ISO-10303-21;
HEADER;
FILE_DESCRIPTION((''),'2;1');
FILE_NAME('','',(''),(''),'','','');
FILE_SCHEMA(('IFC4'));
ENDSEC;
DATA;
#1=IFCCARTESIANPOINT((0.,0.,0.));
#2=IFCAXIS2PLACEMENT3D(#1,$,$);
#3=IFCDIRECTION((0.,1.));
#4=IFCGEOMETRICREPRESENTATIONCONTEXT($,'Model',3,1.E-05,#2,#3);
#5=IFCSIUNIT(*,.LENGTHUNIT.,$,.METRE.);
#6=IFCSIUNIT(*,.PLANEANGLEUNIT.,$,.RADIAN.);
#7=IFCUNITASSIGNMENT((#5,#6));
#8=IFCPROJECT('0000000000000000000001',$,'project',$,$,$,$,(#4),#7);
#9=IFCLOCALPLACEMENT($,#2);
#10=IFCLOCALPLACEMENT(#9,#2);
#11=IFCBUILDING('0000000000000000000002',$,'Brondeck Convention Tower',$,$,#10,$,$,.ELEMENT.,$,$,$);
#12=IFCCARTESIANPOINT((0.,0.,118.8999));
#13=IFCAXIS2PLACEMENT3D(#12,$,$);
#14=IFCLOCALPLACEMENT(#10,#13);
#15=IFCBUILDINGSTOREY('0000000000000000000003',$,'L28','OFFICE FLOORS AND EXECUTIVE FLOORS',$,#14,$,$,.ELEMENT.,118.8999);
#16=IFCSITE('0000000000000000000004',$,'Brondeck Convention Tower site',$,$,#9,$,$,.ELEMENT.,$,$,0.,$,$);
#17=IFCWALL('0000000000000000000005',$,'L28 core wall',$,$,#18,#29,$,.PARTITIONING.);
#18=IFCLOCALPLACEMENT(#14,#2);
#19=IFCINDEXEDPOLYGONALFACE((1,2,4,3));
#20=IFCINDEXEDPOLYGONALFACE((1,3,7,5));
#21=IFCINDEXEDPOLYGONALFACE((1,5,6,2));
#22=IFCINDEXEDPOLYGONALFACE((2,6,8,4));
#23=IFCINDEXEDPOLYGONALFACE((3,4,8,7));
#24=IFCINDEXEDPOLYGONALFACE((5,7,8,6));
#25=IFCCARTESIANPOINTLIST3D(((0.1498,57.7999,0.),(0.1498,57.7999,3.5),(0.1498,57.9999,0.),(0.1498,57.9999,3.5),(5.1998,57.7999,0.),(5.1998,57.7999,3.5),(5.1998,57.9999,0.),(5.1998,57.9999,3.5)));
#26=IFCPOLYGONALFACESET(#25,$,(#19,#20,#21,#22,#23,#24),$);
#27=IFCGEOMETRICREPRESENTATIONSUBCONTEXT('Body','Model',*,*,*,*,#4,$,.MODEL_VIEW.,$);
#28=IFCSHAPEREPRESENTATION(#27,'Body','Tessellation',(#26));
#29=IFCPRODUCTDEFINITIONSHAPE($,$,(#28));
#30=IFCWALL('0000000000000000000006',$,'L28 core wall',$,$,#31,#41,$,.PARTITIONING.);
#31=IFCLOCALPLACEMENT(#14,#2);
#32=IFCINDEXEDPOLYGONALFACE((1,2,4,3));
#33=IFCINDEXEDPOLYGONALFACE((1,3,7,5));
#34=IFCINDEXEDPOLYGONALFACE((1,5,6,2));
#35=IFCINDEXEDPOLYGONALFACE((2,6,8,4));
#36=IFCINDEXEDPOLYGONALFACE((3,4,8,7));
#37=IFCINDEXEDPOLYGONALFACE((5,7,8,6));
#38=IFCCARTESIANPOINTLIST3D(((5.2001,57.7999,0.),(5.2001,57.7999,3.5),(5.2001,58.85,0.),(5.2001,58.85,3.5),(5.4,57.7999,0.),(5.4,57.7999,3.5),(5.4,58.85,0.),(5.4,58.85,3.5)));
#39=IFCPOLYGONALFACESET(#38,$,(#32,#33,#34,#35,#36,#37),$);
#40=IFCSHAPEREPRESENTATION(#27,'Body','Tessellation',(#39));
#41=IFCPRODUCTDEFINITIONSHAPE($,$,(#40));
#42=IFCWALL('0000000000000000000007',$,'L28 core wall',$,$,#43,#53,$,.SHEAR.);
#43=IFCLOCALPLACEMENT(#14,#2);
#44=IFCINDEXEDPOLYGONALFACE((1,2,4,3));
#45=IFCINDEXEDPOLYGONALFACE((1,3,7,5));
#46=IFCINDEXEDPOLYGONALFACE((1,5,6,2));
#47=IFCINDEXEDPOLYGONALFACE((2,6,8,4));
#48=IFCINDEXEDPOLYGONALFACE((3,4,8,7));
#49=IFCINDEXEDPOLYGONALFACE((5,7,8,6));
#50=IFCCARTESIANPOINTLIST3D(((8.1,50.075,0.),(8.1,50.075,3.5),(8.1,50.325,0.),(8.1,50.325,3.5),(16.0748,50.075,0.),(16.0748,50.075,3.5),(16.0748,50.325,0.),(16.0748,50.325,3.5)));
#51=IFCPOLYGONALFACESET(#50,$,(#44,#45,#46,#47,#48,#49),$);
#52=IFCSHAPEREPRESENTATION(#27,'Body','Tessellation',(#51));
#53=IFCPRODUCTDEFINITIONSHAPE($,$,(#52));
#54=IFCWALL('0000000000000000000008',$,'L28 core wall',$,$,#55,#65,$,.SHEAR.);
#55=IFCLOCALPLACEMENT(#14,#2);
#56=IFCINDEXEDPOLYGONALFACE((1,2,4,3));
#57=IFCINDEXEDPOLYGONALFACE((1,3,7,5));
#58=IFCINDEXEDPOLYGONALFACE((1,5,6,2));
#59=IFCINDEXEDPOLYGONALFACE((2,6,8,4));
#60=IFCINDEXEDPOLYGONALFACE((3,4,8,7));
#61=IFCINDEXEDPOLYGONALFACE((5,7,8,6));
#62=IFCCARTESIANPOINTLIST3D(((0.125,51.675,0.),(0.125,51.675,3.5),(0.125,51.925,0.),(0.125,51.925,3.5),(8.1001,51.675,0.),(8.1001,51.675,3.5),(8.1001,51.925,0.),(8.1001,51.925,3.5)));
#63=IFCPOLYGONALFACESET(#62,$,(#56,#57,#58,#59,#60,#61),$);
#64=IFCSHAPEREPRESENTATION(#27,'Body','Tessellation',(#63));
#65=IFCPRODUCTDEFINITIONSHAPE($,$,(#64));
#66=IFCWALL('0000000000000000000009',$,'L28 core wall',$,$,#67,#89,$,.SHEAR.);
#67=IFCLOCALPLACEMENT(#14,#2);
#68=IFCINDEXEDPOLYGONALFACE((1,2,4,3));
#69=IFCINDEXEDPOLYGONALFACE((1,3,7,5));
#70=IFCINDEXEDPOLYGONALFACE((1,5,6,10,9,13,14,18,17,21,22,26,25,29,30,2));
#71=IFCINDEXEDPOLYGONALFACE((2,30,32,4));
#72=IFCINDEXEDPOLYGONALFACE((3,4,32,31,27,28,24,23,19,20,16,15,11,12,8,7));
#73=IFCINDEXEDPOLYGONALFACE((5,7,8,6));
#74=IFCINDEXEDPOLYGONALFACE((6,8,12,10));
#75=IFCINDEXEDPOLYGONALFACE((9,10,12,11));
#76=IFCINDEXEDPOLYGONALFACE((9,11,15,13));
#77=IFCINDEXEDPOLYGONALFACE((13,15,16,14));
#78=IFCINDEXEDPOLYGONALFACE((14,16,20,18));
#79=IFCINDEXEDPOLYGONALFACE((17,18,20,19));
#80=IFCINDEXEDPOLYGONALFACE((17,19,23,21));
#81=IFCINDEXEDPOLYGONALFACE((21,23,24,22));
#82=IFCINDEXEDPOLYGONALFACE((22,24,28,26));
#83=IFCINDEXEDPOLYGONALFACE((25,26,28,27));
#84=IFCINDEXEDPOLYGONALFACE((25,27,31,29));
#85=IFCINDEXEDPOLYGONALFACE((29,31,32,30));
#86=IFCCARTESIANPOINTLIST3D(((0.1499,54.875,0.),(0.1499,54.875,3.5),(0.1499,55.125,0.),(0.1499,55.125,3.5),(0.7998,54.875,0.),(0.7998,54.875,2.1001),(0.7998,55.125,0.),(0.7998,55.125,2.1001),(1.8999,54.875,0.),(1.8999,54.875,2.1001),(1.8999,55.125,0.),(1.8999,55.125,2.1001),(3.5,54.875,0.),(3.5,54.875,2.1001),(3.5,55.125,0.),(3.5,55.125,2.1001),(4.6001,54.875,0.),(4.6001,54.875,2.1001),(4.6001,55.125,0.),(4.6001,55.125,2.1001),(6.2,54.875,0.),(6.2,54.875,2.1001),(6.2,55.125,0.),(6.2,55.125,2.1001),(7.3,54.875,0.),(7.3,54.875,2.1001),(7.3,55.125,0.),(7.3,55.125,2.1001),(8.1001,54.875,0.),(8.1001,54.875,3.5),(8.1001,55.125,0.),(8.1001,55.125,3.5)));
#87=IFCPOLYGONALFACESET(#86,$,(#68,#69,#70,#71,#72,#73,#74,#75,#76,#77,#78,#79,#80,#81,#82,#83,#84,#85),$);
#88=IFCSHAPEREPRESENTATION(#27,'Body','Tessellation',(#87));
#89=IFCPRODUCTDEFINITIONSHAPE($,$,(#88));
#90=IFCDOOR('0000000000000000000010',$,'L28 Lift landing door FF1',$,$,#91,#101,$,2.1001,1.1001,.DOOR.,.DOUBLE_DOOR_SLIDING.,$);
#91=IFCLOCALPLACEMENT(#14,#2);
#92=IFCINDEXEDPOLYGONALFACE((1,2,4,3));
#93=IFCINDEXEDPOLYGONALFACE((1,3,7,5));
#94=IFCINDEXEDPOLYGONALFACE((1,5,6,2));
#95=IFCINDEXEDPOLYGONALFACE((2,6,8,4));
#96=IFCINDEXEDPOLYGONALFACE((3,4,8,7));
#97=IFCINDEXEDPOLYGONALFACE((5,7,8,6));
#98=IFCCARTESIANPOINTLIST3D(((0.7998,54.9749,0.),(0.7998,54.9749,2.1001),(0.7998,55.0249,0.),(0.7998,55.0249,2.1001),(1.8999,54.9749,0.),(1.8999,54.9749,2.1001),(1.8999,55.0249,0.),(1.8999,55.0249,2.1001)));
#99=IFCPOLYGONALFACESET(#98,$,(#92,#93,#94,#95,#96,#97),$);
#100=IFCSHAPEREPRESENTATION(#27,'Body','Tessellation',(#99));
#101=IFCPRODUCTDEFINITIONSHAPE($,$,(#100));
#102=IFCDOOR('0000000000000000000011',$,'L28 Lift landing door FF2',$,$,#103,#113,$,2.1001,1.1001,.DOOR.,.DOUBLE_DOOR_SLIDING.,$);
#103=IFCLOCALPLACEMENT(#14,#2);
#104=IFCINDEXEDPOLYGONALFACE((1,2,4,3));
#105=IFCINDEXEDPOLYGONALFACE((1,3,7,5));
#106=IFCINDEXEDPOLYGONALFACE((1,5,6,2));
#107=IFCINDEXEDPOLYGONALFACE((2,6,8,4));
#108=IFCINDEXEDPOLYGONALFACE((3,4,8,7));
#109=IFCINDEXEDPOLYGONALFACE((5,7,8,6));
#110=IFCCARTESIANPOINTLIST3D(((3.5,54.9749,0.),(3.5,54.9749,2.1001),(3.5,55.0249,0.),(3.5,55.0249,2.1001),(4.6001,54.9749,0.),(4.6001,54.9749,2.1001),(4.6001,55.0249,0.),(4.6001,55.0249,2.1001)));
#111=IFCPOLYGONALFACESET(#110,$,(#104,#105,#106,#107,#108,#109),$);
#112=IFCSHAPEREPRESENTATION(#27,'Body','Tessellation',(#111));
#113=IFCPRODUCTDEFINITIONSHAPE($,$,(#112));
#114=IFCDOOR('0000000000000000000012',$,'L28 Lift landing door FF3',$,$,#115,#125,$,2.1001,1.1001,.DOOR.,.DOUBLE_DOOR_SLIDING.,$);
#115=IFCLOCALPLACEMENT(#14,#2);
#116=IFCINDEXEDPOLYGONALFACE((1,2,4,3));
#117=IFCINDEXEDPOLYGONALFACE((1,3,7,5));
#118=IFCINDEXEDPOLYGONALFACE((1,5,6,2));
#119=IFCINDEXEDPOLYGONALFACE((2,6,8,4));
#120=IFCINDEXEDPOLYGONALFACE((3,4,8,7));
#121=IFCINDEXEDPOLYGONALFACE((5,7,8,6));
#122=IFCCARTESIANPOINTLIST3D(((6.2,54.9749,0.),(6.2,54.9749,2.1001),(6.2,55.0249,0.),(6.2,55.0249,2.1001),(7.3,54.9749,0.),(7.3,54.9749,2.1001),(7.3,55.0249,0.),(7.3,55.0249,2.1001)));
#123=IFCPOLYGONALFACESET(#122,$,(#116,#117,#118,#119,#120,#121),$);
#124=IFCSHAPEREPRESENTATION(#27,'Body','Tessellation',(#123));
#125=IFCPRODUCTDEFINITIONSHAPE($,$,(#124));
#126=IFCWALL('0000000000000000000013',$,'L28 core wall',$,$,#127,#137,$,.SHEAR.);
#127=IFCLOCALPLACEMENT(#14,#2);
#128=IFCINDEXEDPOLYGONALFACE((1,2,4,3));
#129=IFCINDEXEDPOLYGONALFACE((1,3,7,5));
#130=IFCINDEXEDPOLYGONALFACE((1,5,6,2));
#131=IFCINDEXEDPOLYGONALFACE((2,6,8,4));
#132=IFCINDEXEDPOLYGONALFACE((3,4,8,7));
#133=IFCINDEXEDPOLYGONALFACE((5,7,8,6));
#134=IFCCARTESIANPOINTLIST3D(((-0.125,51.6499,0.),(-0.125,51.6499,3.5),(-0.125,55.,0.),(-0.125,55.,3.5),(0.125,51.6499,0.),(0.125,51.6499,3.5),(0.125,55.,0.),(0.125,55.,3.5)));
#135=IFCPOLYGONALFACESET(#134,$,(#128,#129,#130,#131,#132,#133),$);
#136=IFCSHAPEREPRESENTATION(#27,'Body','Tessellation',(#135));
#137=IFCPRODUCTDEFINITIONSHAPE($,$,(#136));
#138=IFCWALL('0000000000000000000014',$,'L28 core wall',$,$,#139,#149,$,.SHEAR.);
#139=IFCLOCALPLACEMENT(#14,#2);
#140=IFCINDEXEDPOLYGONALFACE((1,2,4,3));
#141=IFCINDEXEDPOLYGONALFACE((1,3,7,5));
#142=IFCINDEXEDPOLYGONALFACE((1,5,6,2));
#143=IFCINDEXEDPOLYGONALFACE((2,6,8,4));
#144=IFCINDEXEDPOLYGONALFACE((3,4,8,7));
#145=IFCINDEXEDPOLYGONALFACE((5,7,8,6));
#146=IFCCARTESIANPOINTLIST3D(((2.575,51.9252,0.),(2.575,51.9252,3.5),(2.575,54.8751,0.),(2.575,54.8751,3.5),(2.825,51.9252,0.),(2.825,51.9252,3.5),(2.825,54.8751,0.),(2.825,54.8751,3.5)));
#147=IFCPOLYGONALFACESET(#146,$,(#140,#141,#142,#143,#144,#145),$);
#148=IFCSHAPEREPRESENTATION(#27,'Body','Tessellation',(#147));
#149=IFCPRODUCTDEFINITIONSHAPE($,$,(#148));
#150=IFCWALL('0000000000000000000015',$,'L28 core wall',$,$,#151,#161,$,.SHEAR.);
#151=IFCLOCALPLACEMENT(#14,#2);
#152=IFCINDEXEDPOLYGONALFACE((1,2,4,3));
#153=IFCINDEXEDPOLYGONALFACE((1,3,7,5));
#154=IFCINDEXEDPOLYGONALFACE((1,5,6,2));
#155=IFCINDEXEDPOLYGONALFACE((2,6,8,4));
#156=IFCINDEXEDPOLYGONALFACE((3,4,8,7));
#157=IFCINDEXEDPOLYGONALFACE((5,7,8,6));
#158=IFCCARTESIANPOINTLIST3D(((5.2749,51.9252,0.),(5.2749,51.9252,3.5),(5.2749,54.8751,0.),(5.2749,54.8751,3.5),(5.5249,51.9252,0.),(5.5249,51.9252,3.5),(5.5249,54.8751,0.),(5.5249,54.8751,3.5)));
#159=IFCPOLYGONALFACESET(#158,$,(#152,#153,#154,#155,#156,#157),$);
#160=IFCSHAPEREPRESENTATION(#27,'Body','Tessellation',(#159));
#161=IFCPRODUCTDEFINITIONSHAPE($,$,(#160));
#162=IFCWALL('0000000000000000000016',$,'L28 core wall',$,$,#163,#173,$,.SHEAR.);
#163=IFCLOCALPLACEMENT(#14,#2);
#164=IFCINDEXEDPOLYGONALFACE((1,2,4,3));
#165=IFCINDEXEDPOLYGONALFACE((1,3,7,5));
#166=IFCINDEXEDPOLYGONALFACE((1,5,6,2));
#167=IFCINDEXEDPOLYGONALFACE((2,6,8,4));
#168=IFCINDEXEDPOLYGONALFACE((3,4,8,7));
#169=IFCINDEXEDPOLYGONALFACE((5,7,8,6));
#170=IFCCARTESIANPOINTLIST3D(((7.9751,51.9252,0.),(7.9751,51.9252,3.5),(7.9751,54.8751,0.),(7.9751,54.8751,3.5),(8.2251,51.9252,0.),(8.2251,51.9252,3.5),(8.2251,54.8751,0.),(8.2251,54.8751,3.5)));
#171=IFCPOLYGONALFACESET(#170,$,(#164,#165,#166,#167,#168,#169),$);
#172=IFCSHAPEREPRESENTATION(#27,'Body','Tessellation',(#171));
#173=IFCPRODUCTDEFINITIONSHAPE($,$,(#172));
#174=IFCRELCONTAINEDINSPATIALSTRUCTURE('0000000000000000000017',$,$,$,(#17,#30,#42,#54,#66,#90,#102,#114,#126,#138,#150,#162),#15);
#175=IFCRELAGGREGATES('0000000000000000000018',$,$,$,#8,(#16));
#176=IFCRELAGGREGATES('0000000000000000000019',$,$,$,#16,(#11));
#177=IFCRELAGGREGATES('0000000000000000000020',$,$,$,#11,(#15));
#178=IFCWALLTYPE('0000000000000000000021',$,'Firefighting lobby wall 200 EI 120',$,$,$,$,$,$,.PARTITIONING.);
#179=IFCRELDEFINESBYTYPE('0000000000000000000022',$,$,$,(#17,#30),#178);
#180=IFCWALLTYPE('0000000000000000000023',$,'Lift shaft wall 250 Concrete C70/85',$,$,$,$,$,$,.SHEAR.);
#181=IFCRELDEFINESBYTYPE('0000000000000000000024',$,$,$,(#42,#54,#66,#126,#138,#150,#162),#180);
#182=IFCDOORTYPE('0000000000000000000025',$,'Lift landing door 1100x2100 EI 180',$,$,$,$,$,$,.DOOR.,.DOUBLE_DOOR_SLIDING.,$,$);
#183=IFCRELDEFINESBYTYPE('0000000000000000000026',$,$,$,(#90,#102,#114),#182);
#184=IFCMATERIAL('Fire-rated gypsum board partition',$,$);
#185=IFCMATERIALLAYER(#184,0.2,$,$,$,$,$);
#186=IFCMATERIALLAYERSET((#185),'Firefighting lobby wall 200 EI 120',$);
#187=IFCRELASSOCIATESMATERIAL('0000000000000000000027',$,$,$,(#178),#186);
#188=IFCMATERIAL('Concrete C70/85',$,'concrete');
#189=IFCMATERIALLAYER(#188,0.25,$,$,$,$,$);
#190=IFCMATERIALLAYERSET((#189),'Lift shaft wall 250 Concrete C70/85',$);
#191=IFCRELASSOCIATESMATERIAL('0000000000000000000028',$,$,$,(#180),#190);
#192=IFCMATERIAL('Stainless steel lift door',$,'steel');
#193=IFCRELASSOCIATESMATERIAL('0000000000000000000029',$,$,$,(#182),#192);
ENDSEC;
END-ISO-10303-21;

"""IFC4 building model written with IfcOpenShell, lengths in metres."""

from ifc_helpers import new_model, si_unit, direction, frame, frame_2d, origin, place, context, subcontext, project, spatial, rectangle, extrude, material, layer, layer_set, type_object, element, fill, save


model = new_model("IFC4")

# Units and contexts
model_context = context("Model", 3, precision=1e-05, world=origin(), true_north=direction((0.0, 1.0)))
body_context = subcontext(model_context, "Body", "Model", "MODEL_VIEW")
ifc_project = project(units=[si_unit("LENGTHUNIT", "METRE"), si_unit("PLANEANGLEUNIT", "RADIAN")], contexts=[model_context])

# Site, building, storey
site_placement = place(None, origin())
site = spatial("IfcSite", under=ifc_project, at=site_placement, Name="Brondeck Convention Tower site", CompositionType="ELEMENT", RefElevation=0.0)
building_placement = place(site_placement, origin())
building = spatial("IfcBuilding", under=site, at=building_placement, Name="Brondeck Convention Tower", CompositionType="ELEMENT")
storey_placement = place(building_placement, frame((0.0, 0.0, 118.8999)))
storey = spatial("IfcBuildingStorey", under=building, at=storey_placement, Name="L28", Description="OFFICE FLOORS AND EXECUTIVE FLOORS", CompositionType="ELEMENT", Elevation=118.8999)

# Shared definitions
ifc_material_1 = material(Name="Concrete C70/85", Category="concrete")

# Shared definitions
ifc_material_2 = material(Name="Fire-rated gypsum board partition")

# Shared definitions
ifc_layer_1 = layer(ifc_material_2, 0.2)
ifc_layer_set_1 = layer_set([ifc_layer_1], Name="Firefighting lobby wall 200 EI 120")
wall_type_1 = type_object("IfcWallType", Name="Firefighting lobby wall 200 EI 120", PredefinedType="PARTITIONING", material=ifc_layer_set_1)

# Walls
wall_1_placement = place(storey_placement, frame((0.1499, 57.8999, 0.0), z_axis=(0.0, 0.0, 1.0), x_axis=(1.0, 0.0, 0.0)))
element("IfcWall", 1, at=wall_1_placement, inside=storey, type_object=wall_type_1, Name="L28 core wall", PredefinedType="PARTITIONING", context=body_context, shape_type="SweptSolid", body=[
    extrude(rectangle(XDim=5.05, YDim=0.2, at=frame_2d((2.5249, 0.0))), origin(), (0.0, 0.0, 1.0), 3.5),
])
wall_2_placement = place(storey_placement, frame((5.3, 57.8, 0.0), z_axis=(0.0, 0.0, 1.0), x_axis=(0.0, 1.0, 0.0)))
element("IfcWall", 2, at=wall_2_placement, inside=storey, type_object=wall_type_1, Name="L28 core wall", PredefinedType="PARTITIONING", context=body_context, shape_type="SweptSolid", body=[
    extrude(rectangle(XDim=1.05, YDim=0.2, at=frame_2d((0.5249, 0.0))), origin(), (0.0, 0.0, 1.0), 3.5),
])
ifc_layer_2 = layer(ifc_material_1, 0.25)
ifc_layer_set_2 = layer_set([ifc_layer_2], Name="Lift shaft wall 250 Concrete C70/85")
wall_type_2 = type_object("IfcWallType", Name="Lift shaft wall 250 Concrete C70/85", PredefinedType="SHEAR", material=ifc_layer_set_2)
wall_3_placement = place(storey_placement, frame((8.1001, 50.2, 0.0), z_axis=(0.0, 0.0, 1.0), x_axis=(1.0, 0.0, 0.0)))
element("IfcWall", 3, at=wall_3_placement, inside=storey, type_object=wall_type_2, Name="L28 core wall", PredefinedType="SHEAR", context=body_context, shape_type="SweptSolid", body=[
    extrude(rectangle(XDim=7.9749, YDim=0.25, at=frame_2d((3.9873, 0.0))), origin(), (0.0, 0.0, 1.0), 3.5),
])
wall_4_placement = place(storey_placement, frame((0.125, 51.8, 0.0), z_axis=(0.0, 0.0, 1.0), x_axis=(1.0, 0.0, 0.0)))
element("IfcWall", 4, at=wall_4_placement, inside=storey, type_object=wall_type_2, Name="L28 core wall", PredefinedType="SHEAR", context=body_context, shape_type="SweptSolid", body=[
    extrude(rectangle(XDim=7.9751, YDim=0.25, at=frame_2d((3.9875, 0.0))), origin(), (0.0, 0.0, 1.0), 3.5),
])

# Wall, openings, doors
wall_5_placement = place(storey_placement, frame((0.1499, 55.0, 0.0), z_axis=(0.0, 0.0, 1.0), x_axis=(1.0, 0.0, 0.0)))
wall_5 = element("IfcWall", 5, at=wall_5_placement, inside=storey, type_object=wall_type_2, Name="L28 core wall", PredefinedType="SHEAR", context=body_context, shape_type="SweptSolid", body=[
    extrude(rectangle(XDim=7.9502, YDim=0.25, at=frame_2d((3.9751, 0.0))), origin(), (0.0, 0.0, 1.0), 3.5),
])
opening_1_placement = place(wall_5_placement, frame((0.6499, 0.0, 0.0)))
opening_1 = element("IfcOpeningElement", 6, at=opening_1_placement, cuts=wall_5, PredefinedType="OPENING", context=body_context, shape_type="SweptSolid", body=[
    extrude(rectangle(XDim=1.1001, YDim=2.1001, at=frame_2d((0.55, 1.05))), frame((0.0, 0.135, 0.0), z_axis=(0.0, -1.0, 0.0), x_axis=(1.0, 0.0, 0.0)), (0.0, 0.0, 1.0), 0.27),
])
opening_2_placement = place(wall_5_placement, frame((3.3501, 0.0, 0.0)))
opening_2 = element("IfcOpeningElement", 7, at=opening_2_placement, cuts=wall_5, PredefinedType="OPENING", context=body_context, shape_type="SweptSolid", body=[
    extrude(rectangle(XDim=1.1001, YDim=2.1001, at=frame_2d((0.55, 1.05))), frame((0.0, 0.135, 0.0), z_axis=(0.0, -1.0, 0.0), x_axis=(1.0, 0.0, 0.0)), (0.0, 0.0, 1.0), 0.27),
])
opening_3_placement = place(wall_5_placement, frame((6.05, 0.0, 0.0)))
opening_3 = element("IfcOpeningElement", 8, at=opening_3_placement, cuts=wall_5, PredefinedType="OPENING", context=body_context, shape_type="SweptSolid", body=[
    extrude(rectangle(XDim=1.1001, YDim=2.1001, at=frame_2d((0.55, 1.05))), frame((0.0, 0.135, 0.0), z_axis=(0.0, -1.0, 0.0), x_axis=(1.0, 0.0, 0.0)), (0.0, 0.0, 1.0), 0.27),
])
ifc_material_3 = material(Name="Stainless steel lift door", Category="steel")
door_type_1 = type_object("IfcDoorType", Name="Lift landing door 1100x2100 EI 180", OperationType="DOUBLE_DOOR_SLIDING", PredefinedType="DOOR", material=ifc_material_3)
door_1_placement = place(opening_1_placement, origin())
door_1 = element("IfcDoor", 9, at=door_1_placement, inside=storey, type_object=door_type_1, Name="L28 Lift landing door FF1", OperationType="DOUBLE_DOOR_SLIDING", OverallHeight=2.1001, OverallWidth=1.1001, PredefinedType="DOOR", context=body_context, shape_type="SweptSolid", body=[
    extrude(rectangle(XDim=1.1001, YDim=2.1001, at=frame_2d((0.55, 1.05))), frame((0.0, 0.0249, 0.0), z_axis=(0.0, -1.0, 0.0), x_axis=(1.0, 0.0, 0.0)), (0.0, 0.0, 1.0), 0.05),
])
fill(opening_1, door_1)
door_2_placement = place(opening_2_placement, origin())
door_2 = element("IfcDoor", 10, at=door_2_placement, inside=storey, type_object=door_type_1, Name="L28 Lift landing door FF2", OperationType="DOUBLE_DOOR_SLIDING", OverallHeight=2.1001, OverallWidth=1.1001, PredefinedType="DOOR", context=body_context, shape_type="SweptSolid", body=[
    extrude(rectangle(XDim=1.1001, YDim=2.1001, at=frame_2d((0.55, 1.05))), frame((0.0, 0.0249, 0.0), z_axis=(0.0, -1.0, 0.0), x_axis=(1.0, 0.0, 0.0)), (0.0, 0.0, 1.0), 0.05),
])
fill(opening_2, door_2)
door_3_placement = place(opening_3_placement, origin())
door_3 = element("IfcDoor", 11, at=door_3_placement, inside=storey, type_object=door_type_1, Name="L28 Lift landing door FF3", OperationType="DOUBLE_DOOR_SLIDING", OverallHeight=2.1001, OverallWidth=1.1001, PredefinedType="DOOR", context=body_context, shape_type="SweptSolid", body=[
    extrude(rectangle(XDim=1.1001, YDim=2.1001, at=frame_2d((0.55, 1.05))), frame((0.0, 0.0249, 0.0), z_axis=(0.0, -1.0, 0.0), x_axis=(1.0, 0.0, 0.0)), (0.0, 0.0, 1.0), 0.05),
])
fill(opening_3, door_3)

# Walls
wall_6_placement = place(storey_placement, frame((0.0, 51.6499, 0.0), z_axis=(0.0, 0.0, 1.0), x_axis=(0.0, 1.0, 0.0)))
element("IfcWall", 12, at=wall_6_placement, inside=storey, type_object=wall_type_2, Name="L28 core wall", PredefinedType="SHEAR", context=body_context, shape_type="SweptSolid", body=[
    extrude(rectangle(XDim=3.3501, YDim=0.25, at=frame_2d((1.675, 0.0))), origin(), (0.0, 0.0, 1.0), 3.5),
])
for number, where, z_axis, x_axis, name in (
    (13, (2.7, 51.925, 0.0), (0.0, 0.0, 1.0), (0.0, 1.0, 0.0), "L28 core wall"),
    (14, (5.3999, 51.925, 0.0), (0.0, 0.0, 1.0), (0.0, 1.0, 0.0), "L28 core wall"),
    (15, (8.1001, 51.925, 0.0), (0.0, 0.0, 1.0), (0.0, 1.0, 0.0), "L28 core wall"),
):
    element("IfcWall", number, at=place(storey_placement, frame(where, z_axis=z_axis, x_axis=x_axis)), inside=storey, type_object=wall_type_2, Name=name, PredefinedType="SHEAR", context=body_context, shape_type="SweptSolid", body=[
        extrude(rectangle(XDim=2.95, YDim=0.25, at=frame_2d((1.4751, 0.0))), origin(), (0.0, 0.0, 1.0), 3.5),
    ])

save(model, "model.ifc")
